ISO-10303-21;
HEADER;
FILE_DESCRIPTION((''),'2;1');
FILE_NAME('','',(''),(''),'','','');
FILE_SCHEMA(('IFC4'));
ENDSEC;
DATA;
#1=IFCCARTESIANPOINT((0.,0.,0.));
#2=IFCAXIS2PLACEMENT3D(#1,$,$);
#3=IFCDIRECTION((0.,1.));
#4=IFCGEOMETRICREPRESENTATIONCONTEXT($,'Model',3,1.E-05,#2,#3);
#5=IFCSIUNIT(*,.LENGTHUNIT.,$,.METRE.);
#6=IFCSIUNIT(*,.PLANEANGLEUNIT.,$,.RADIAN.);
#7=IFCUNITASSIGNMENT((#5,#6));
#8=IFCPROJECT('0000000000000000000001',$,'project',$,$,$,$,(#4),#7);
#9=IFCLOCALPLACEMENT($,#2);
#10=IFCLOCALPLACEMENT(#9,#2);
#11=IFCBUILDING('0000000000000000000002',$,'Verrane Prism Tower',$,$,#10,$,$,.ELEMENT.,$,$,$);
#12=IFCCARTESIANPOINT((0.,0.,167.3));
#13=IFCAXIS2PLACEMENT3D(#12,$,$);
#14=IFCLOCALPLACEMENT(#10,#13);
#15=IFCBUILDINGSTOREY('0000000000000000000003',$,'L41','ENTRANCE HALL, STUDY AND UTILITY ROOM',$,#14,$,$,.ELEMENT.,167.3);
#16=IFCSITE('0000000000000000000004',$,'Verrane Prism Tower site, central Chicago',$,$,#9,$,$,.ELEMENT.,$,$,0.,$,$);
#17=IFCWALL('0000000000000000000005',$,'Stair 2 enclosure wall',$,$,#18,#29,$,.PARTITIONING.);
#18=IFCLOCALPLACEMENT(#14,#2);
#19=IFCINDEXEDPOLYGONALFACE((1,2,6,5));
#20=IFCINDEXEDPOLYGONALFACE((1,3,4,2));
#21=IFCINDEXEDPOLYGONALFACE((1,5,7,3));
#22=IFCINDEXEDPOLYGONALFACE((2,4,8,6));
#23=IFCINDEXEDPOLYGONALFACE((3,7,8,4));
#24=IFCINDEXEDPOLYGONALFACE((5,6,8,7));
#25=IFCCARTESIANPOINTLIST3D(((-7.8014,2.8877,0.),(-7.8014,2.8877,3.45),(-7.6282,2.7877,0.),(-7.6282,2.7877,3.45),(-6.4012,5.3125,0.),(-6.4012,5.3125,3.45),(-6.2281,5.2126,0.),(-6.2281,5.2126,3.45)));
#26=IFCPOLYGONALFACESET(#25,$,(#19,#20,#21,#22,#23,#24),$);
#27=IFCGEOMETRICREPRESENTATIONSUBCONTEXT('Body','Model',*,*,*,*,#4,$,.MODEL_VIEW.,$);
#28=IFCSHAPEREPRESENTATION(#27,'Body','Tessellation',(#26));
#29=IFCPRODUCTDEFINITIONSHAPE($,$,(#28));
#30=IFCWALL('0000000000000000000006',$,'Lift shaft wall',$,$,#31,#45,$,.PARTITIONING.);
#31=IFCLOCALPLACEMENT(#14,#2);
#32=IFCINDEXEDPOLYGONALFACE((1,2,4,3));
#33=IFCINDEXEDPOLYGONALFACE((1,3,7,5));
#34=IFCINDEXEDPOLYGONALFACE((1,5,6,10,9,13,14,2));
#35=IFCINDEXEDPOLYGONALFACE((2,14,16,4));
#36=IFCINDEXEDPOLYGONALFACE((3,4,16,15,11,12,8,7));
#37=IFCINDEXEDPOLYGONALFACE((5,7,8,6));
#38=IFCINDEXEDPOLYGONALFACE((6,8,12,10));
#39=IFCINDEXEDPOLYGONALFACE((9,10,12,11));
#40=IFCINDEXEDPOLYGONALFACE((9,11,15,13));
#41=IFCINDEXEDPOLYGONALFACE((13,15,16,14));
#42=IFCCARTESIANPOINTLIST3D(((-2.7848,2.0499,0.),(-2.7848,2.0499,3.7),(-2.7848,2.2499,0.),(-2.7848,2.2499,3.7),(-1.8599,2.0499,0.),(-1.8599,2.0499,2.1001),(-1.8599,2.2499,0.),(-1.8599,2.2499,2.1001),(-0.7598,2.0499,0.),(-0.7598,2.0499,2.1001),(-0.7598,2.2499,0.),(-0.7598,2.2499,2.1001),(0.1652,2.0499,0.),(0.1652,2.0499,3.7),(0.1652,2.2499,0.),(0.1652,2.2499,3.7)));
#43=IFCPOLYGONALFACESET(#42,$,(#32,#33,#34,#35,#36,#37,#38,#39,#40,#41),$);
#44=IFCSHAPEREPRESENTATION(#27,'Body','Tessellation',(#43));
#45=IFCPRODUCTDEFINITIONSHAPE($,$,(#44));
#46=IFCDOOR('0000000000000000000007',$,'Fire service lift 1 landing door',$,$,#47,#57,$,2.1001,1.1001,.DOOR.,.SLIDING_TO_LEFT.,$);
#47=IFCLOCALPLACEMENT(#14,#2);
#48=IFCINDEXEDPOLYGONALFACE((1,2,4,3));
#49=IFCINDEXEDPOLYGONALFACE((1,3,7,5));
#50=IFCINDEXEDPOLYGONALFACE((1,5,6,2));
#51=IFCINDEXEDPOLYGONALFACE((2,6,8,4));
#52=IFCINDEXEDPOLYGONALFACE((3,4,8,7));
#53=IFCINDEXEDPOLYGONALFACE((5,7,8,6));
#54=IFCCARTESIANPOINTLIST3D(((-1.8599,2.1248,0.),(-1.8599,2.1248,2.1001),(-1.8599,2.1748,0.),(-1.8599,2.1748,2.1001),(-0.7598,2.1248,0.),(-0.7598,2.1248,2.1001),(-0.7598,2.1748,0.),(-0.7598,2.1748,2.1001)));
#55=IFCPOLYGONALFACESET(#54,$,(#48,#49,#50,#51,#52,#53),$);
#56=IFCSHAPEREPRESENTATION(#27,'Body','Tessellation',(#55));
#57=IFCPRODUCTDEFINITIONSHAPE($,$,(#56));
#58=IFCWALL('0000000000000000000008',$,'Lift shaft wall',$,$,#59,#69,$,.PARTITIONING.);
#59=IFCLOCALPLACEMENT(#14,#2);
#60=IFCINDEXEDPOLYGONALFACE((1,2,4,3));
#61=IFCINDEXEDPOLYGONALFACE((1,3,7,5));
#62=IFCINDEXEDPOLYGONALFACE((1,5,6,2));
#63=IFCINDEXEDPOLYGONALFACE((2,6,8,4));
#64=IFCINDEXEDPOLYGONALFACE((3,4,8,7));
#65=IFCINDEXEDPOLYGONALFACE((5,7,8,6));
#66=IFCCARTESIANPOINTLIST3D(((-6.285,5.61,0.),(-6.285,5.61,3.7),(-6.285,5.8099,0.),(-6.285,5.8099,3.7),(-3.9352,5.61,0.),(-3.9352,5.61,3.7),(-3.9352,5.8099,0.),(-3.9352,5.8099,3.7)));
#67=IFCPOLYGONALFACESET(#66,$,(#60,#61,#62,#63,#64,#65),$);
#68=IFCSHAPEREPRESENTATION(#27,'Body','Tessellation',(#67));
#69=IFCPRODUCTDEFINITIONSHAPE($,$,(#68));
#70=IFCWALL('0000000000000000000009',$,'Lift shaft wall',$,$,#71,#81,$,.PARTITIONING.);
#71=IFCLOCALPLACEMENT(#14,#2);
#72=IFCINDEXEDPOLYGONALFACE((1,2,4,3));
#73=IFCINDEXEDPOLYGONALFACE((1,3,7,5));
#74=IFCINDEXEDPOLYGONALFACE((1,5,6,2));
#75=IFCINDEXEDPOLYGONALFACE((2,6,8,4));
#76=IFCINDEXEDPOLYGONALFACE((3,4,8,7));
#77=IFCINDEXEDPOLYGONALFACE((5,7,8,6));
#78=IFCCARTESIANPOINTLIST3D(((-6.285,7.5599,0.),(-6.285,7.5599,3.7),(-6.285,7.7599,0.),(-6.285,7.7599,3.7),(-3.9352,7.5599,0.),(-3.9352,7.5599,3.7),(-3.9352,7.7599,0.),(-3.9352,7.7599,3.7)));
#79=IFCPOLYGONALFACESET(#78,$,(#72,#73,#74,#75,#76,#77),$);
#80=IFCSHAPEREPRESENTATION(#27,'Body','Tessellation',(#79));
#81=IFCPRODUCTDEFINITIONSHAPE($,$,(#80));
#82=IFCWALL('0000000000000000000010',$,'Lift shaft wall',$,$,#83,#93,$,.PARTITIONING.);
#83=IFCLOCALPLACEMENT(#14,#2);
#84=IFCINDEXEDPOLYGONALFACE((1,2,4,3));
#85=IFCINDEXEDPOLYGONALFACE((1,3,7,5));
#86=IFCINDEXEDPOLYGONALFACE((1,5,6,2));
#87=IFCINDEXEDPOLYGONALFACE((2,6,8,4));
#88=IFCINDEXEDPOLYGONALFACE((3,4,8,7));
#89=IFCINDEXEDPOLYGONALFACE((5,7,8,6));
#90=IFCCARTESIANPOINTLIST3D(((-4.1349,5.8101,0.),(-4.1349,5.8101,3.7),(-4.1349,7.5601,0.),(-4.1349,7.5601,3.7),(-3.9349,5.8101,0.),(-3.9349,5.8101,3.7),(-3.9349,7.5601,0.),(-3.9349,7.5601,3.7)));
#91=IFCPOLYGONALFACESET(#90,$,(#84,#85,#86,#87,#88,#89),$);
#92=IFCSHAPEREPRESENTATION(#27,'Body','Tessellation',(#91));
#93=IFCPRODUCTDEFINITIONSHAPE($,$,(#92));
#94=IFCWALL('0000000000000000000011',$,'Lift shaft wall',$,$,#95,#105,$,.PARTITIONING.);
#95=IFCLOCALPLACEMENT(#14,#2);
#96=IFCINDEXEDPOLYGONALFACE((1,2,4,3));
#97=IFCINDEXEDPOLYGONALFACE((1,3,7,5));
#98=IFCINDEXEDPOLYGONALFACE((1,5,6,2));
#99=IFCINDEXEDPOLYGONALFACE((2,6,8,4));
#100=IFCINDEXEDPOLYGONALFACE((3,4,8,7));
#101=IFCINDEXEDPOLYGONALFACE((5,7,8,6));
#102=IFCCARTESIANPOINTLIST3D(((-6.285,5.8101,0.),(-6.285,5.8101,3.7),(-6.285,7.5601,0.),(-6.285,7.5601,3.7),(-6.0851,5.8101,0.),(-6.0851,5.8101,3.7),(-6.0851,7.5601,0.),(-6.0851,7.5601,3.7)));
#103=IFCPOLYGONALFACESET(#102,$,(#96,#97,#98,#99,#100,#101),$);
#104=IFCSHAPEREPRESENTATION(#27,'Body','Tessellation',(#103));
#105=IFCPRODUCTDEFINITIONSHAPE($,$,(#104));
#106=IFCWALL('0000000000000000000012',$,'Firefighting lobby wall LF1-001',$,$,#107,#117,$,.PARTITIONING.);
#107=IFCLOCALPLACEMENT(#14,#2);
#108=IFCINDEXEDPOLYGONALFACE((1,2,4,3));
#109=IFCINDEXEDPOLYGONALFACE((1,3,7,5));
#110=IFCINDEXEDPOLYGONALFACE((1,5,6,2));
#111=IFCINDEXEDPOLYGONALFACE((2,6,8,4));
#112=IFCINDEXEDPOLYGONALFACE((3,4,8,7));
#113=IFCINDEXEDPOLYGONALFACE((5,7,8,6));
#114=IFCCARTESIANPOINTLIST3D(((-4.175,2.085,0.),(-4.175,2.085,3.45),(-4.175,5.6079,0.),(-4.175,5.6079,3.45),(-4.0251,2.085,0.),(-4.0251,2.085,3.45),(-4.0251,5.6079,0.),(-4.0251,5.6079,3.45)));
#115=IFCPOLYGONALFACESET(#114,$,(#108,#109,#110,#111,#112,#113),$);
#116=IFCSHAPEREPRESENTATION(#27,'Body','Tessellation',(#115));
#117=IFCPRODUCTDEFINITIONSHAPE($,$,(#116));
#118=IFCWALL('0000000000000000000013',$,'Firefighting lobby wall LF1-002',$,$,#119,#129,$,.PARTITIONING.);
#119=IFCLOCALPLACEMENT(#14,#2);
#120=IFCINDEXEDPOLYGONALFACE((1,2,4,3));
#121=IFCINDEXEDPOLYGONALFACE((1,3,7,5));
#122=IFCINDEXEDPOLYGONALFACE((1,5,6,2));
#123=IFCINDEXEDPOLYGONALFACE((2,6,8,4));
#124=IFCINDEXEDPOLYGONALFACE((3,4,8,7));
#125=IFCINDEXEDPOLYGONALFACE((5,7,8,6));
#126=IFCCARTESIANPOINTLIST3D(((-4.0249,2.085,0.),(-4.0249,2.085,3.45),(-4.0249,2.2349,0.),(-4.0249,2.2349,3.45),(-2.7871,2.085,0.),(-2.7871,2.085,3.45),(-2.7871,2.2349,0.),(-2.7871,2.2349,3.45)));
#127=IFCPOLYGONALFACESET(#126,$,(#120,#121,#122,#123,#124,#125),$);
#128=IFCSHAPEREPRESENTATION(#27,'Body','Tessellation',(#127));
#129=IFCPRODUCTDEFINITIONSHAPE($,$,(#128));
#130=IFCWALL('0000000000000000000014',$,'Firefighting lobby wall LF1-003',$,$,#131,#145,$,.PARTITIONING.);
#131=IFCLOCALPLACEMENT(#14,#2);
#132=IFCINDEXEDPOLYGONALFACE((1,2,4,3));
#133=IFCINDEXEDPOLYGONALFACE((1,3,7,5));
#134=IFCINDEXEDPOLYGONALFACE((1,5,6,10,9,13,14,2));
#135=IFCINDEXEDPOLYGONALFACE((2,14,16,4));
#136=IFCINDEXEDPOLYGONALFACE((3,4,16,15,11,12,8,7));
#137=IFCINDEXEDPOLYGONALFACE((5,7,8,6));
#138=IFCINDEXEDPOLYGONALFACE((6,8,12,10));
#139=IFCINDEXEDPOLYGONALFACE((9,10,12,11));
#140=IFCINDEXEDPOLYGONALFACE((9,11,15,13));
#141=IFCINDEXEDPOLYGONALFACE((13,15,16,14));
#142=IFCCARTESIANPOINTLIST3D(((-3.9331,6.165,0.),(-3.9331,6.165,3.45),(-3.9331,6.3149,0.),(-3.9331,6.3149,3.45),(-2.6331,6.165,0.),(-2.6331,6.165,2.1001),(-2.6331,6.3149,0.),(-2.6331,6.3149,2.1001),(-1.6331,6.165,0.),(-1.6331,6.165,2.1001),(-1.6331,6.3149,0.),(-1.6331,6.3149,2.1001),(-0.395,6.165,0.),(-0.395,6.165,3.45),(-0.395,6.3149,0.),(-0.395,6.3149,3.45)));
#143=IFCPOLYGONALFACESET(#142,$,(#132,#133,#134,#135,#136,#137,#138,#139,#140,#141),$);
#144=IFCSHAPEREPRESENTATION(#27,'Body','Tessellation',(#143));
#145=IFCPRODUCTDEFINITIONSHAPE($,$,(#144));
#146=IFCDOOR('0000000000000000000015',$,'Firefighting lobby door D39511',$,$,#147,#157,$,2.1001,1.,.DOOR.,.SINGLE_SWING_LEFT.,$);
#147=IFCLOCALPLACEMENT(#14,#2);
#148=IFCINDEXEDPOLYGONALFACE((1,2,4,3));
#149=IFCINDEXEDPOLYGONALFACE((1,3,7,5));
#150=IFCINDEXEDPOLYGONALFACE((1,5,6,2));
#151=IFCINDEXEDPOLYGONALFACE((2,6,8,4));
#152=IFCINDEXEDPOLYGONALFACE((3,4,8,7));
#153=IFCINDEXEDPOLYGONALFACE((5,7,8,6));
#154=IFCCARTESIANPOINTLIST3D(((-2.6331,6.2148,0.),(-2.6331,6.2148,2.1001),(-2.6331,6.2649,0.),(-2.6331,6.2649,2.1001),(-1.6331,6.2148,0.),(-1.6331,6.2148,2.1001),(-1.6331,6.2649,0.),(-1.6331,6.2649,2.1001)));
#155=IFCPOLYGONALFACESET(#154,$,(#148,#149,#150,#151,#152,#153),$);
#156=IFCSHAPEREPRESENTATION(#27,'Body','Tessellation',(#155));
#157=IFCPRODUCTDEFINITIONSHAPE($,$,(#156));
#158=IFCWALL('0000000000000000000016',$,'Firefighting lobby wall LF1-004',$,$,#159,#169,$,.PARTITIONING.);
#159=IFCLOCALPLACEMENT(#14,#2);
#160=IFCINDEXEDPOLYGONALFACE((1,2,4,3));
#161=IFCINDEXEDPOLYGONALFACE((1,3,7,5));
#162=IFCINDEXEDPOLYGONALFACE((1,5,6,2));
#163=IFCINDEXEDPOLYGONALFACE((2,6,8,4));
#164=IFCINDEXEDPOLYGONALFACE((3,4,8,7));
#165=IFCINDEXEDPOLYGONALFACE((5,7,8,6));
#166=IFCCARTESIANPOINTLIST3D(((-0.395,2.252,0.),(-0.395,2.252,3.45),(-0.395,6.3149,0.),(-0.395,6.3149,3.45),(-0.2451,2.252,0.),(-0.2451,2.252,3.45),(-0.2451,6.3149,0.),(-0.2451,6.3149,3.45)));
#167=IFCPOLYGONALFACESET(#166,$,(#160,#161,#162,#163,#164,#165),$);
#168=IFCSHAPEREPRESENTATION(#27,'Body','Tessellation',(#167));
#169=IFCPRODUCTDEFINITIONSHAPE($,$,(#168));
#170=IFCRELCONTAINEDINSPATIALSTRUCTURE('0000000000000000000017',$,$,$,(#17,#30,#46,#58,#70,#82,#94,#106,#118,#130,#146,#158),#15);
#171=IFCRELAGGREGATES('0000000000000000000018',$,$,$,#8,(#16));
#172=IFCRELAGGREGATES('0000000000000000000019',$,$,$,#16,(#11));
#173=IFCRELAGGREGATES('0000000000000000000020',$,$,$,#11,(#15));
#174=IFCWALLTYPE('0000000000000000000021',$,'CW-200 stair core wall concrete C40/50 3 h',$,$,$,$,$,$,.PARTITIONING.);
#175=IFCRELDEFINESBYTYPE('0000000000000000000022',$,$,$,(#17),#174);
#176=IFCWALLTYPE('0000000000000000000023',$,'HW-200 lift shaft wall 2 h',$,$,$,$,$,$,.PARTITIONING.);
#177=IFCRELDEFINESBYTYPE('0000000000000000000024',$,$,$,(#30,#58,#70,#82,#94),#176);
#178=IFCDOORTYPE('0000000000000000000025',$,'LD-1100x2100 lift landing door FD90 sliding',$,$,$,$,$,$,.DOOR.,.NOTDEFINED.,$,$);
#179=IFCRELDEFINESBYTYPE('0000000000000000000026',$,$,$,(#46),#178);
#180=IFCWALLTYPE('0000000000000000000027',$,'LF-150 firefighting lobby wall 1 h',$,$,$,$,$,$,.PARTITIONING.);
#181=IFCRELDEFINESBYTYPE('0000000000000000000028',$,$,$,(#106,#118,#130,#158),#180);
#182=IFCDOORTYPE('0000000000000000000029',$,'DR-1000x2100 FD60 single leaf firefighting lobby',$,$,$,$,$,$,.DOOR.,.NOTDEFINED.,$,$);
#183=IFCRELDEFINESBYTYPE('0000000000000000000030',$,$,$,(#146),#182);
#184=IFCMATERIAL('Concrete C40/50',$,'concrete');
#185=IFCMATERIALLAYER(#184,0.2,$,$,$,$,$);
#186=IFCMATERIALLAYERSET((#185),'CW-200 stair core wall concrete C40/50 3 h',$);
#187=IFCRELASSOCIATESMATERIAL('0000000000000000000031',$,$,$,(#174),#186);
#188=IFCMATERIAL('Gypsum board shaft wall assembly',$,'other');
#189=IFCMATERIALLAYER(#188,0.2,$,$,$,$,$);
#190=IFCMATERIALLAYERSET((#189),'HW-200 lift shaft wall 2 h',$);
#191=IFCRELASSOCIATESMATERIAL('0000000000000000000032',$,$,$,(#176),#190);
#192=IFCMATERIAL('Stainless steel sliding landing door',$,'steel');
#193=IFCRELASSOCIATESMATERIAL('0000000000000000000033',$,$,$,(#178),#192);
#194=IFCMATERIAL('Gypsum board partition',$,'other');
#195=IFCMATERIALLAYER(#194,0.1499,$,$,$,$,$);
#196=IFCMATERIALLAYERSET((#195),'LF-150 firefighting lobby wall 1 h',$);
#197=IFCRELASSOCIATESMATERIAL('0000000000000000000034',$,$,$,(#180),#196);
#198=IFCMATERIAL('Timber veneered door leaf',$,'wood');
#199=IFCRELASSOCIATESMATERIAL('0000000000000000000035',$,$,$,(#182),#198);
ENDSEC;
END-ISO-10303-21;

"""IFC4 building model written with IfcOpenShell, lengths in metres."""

from ifc_helpers import new_model, si_unit, direction, frame, frame_2d, origin, place, context, subcontext, project, spatial, rectangle, extrude, material, layer, layer_set, type_object, element, fill, save


model = new_model("IFC4")

# Units and contexts
model_context = context("Model", 3, precision=1e-05, world=origin(), true_north=direction((0.0, 1.0)))
body_context = subcontext(model_context, "Body", "Model", "MODEL_VIEW")
ifc_project = project(units=[si_unit("LENGTHUNIT", "METRE"), si_unit("PLANEANGLEUNIT", "RADIAN")], contexts=[model_context])

# Site, building, storey
site_placement = place(None, origin())
site = spatial("IfcSite", under=ifc_project, at=site_placement, Name="Verrane Prism Tower site, central Chicago", CompositionType="ELEMENT", RefElevation=0.0)
building_placement = place(site_placement, origin())
building = spatial("IfcBuilding", under=site, at=building_placement, Name="Verrane Prism Tower", CompositionType="ELEMENT")
storey_placement = place(building_placement, frame((0.0, 0.0, 167.3)))
storey = spatial("IfcBuildingStorey", under=building, at=storey_placement, Name="L41", Description="ENTRANCE HALL, STUDY AND UTILITY ROOM", CompositionType="ELEMENT", Elevation=167.3)

# Wall
ifc_material_1 = material(Name="Concrete C40/50", Category="concrete")
ifc_layer_1 = layer(ifc_material_1, 0.2)
ifc_layer_set_1 = layer_set([ifc_layer_1], Name="CW-200 stair core wall concrete C40/50 3 h")
wall_type_1 = type_object("IfcWallType", Name="CW-200 stair core wall concrete C40/50 3 h", PredefinedType="PARTITIONING", material=ifc_layer_set_1)
wall_1_placement = place(storey_placement, frame((-6.3147, 5.2625, 0.0), z_axis=(0.0, 0.0, 1.0), x_axis=(-0.50005, -0.865997, 0.0)))
element("IfcWall", 1, at=wall_1_placement, inside=storey, type_object=wall_type_1, Name="Stair 2 enclosure wall", PredefinedType="PARTITIONING", context=body_context, shape_type="SweptSolid", body=[
    extrude(rectangle(XDim=2.8, YDim=0.2, at=frame_2d((1.3999, 0.0))), origin(), (0.0, 0.0, 1.0), 3.45),
])

# Wall, opening, door
ifc_material_2 = material(Name="Gypsum board shaft wall assembly", Category="other")
ifc_layer_2 = layer(ifc_material_2, 0.2)
ifc_layer_set_2 = layer_set([ifc_layer_2], Name="HW-200 lift shaft wall 2 h")
wall_type_2 = type_object("IfcWallType", Name="HW-200 lift shaft wall 2 h", PredefinedType="PARTITIONING", material=ifc_layer_set_2)
wall_2_placement = place(storey_placement, frame((-2.7849, 2.1499, 0.0), z_axis=(0.0, 0.0, 1.0), x_axis=(1.0, 0.0, 0.0)))
wall_2 = element("IfcWall", 2, at=wall_2_placement, inside=storey, type_object=wall_type_2, Name="Lift shaft wall", PredefinedType="PARTITIONING", context=body_context, shape_type="SweptSolid", body=[
    extrude(rectangle(XDim=2.95, YDim=0.2, at=frame_2d((1.4751, 0.0))), origin(), (0.0, 0.0, 1.0), 3.7),
])
opening_1_placement = place(wall_2_placement, frame((0.925, 0.0, 0.0)))
opening_1 = element("IfcOpeningElement", 3, at=opening_1_placement, cuts=wall_2, PredefinedType="OPENING", context=body_context, shape_type="SweptSolid", body=[
    extrude(rectangle(XDim=1.1001, YDim=2.1001, at=frame_2d((0.55, 1.05))), frame((0.0, 0.1099, 0.0), z_axis=(0.0, -1.0, 0.0), x_axis=(1.0, 0.0, 0.0)), (0.0, 0.0, 1.0), 0.22),
])
ifc_material_3 = material(Name="Stainless steel sliding landing door", Category="steel")
door_type_1 = type_object("IfcDoorType", Name="LD-1100x2100 lift landing door FD90 sliding", OperationType="NOTDEFINED", PredefinedType="DOOR", material=ifc_material_3)
door_1_placement = place(opening_1_placement, origin())
door_1 = element("IfcDoor", 4, at=door_1_placement, inside=storey, type_object=door_type_1, Name="Fire service lift 1 landing door", OperationType="SLIDING_TO_LEFT", OverallHeight=2.1001, OverallWidth=1.1001, PredefinedType="DOOR", context=body_context, shape_type="SweptSolid", body=[
    extrude(rectangle(XDim=1.1001, YDim=2.1001, at=frame_2d((0.55, 1.05))), frame((0.0, 0.0249, 0.0), z_axis=(0.0, -1.0, 0.0), x_axis=(1.0, 0.0, 0.0)), (0.0, 0.0, 1.0), 0.05),
])
fill(opening_1, door_1)

# Walls
for number, where, z_axis, x_axis, name in (
    (5, (-6.2849, 5.71, 0.0), (0.0, 0.0, 1.0), (1.0, 0.0, 0.0), "Lift shaft wall"),
    (6, (-6.2849, 7.6599, 0.0), (0.0, 0.0, 1.0), (1.0, 0.0, 0.0), "Lift shaft wall"),
):
    element("IfcWall", number, at=place(storey_placement, frame(where, z_axis=z_axis, x_axis=x_axis)), inside=storey, type_object=wall_type_2, Name=name, PredefinedType="PARTITIONING", context=body_context, shape_type="SweptSolid", body=[
        extrude(rectangle(XDim=2.3499, YDim=0.2, at=frame_2d((1.1748, 0.0))), origin(), (0.0, 0.0, 1.0), 3.7),
    ])
for number, where, z_axis, x_axis, name in (
    (7, (-4.0349, 5.8101, 0.0), (0.0, 0.0, 1.0), (0.0, 1.0, 0.0), "Lift shaft wall"),
    (8, (-6.1851, 5.8101, 0.0), (0.0, 0.0, 1.0), (0.0, 1.0, 0.0), "Lift shaft wall"),
):
    element("IfcWall", number, at=place(storey_placement, frame(where, z_axis=z_axis, x_axis=x_axis)), inside=storey, type_object=wall_type_2, Name=name, PredefinedType="PARTITIONING", context=body_context, shape_type="SweptSolid", body=[
        extrude(rectangle(XDim=1.75, YDim=0.2, at=frame_2d((0.875, 0.0))), origin(), (0.0, 0.0, 1.0), 3.7),
    ])
ifc_material_4 = material(Name="Gypsum board partition", Category="other")
ifc_layer_3 = layer(ifc_material_4, 0.1499)
ifc_layer_set_3 = layer_set([ifc_layer_3], Name="LF-150 firefighting lobby wall 1 h")
wall_type_3 = type_object("IfcWallType", Name="LF-150 firefighting lobby wall 1 h", PredefinedType="PARTITIONING", material=ifc_layer_set_3)
wall_3_placement = place(storey_placement, frame((-4.1001, 2.085, 0.0), z_axis=(0.0, 0.0, 1.0), x_axis=(0.0, 1.0, 0.0)))
element("IfcWall", 9, at=wall_3_placement, inside=storey, type_object=wall_type_3, Name="Firefighting lobby wall LF1-001", PredefinedType="PARTITIONING", context=body_context, shape_type="SweptSolid", body=[
    extrude(rectangle(XDim=3.5229, YDim=0.1499, at=frame_2d((1.7615, 0.0))), origin(), (0.0, 0.0, 1.0), 3.45),
])
wall_4_placement = place(storey_placement, frame((-4.0249, 2.1599, 0.0), z_axis=(0.0, 0.0, 1.0), x_axis=(1.0, 0.0, 0.0)))
element("IfcWall", 10, at=wall_4_placement, inside=storey, type_object=wall_type_3, Name="Firefighting lobby wall LF1-002", PredefinedType="PARTITIONING", context=body_context, shape_type="SweptSolid", body=[
    extrude(rectangle(XDim=1.2378, YDim=0.1499, at=frame_2d((0.6189, 0.0))), origin(), (0.0, 0.0, 1.0), 3.45),
])

# Wall, opening, door
wall_5_placement = place(storey_placement, frame((-3.9331, 6.24, 0.0), z_axis=(0.0, 0.0, 1.0), x_axis=(1.0, 0.0, 0.0)))
wall_5 = element("IfcWall", 11, at=wall_5_placement, inside=storey, type_object=wall_type_3, Name="Firefighting lobby wall LF1-003", PredefinedType="PARTITIONING", context=body_context, shape_type="SweptSolid", body=[
    extrude(rectangle(XDim=3.5381, YDim=0.1499, at=frame_2d((1.769, 0.0))), origin(), (0.0, 0.0, 1.0), 3.45),
])
opening_2_placement = place(wall_5_placement, frame((1.3, 0.0, 0.0)))
opening_2 = element("IfcOpeningElement", 12, at=opening_2_placement, cuts=wall_5, PredefinedType="OPENING", context=body_context, shape_type="SweptSolid", body=[
    extrude(rectangle(XDim=1.0, YDim=2.1001, at=frame_2d((0.5, 1.05))), frame((0.0, 0.085, 0.0), z_axis=(0.0, -1.0, 0.0), x_axis=(1.0, 0.0, 0.0)), (0.0, 0.0, 1.0), 0.1699),
])
ifc_material_5 = material(Name="Timber veneered door leaf", Category="wood")
door_type_2 = type_object("IfcDoorType", Name="DR-1000x2100 FD60 single leaf firefighting lobby", OperationType="NOTDEFINED", PredefinedType="DOOR", material=ifc_material_5)
door_2_placement = place(opening_2_placement, origin())
door_2 = element("IfcDoor", 13, at=door_2_placement, inside=storey, type_object=door_type_2, Name="Firefighting lobby door D39511", OperationType="SINGLE_SWING_LEFT", OverallHeight=2.1001, OverallWidth=1.0, PredefinedType="DOOR", context=body_context, shape_type="SweptSolid", body=[
    extrude(rectangle(XDim=1.0, YDim=2.1001, at=frame_2d((0.5, 1.05))), frame((0.0, 0.0249, 0.0), z_axis=(0.0, -1.0, 0.0), x_axis=(1.0, 0.0, 0.0)), (0.0, 0.0, 1.0), 0.05),
])
fill(opening_2, door_2)

# Wall
wall_6_placement = place(storey_placement, frame((-0.3201, 2.252, 0.0), z_axis=(0.0, 0.0, 1.0), x_axis=(0.0, 1.0, 0.0)))
element("IfcWall", 14, at=wall_6_placement, inside=storey, type_object=wall_type_3, Name="Firefighting lobby wall LF1-004", PredefinedType="PARTITIONING", context=body_context, shape_type="SweptSolid", body=[
    extrude(rectangle(XDim=4.063, YDim=0.1499, at=frame_2d((2.0315, 0.0))), origin(), (0.0, 0.0, 1.0), 3.45),
])

save(model, "model.ifc")
